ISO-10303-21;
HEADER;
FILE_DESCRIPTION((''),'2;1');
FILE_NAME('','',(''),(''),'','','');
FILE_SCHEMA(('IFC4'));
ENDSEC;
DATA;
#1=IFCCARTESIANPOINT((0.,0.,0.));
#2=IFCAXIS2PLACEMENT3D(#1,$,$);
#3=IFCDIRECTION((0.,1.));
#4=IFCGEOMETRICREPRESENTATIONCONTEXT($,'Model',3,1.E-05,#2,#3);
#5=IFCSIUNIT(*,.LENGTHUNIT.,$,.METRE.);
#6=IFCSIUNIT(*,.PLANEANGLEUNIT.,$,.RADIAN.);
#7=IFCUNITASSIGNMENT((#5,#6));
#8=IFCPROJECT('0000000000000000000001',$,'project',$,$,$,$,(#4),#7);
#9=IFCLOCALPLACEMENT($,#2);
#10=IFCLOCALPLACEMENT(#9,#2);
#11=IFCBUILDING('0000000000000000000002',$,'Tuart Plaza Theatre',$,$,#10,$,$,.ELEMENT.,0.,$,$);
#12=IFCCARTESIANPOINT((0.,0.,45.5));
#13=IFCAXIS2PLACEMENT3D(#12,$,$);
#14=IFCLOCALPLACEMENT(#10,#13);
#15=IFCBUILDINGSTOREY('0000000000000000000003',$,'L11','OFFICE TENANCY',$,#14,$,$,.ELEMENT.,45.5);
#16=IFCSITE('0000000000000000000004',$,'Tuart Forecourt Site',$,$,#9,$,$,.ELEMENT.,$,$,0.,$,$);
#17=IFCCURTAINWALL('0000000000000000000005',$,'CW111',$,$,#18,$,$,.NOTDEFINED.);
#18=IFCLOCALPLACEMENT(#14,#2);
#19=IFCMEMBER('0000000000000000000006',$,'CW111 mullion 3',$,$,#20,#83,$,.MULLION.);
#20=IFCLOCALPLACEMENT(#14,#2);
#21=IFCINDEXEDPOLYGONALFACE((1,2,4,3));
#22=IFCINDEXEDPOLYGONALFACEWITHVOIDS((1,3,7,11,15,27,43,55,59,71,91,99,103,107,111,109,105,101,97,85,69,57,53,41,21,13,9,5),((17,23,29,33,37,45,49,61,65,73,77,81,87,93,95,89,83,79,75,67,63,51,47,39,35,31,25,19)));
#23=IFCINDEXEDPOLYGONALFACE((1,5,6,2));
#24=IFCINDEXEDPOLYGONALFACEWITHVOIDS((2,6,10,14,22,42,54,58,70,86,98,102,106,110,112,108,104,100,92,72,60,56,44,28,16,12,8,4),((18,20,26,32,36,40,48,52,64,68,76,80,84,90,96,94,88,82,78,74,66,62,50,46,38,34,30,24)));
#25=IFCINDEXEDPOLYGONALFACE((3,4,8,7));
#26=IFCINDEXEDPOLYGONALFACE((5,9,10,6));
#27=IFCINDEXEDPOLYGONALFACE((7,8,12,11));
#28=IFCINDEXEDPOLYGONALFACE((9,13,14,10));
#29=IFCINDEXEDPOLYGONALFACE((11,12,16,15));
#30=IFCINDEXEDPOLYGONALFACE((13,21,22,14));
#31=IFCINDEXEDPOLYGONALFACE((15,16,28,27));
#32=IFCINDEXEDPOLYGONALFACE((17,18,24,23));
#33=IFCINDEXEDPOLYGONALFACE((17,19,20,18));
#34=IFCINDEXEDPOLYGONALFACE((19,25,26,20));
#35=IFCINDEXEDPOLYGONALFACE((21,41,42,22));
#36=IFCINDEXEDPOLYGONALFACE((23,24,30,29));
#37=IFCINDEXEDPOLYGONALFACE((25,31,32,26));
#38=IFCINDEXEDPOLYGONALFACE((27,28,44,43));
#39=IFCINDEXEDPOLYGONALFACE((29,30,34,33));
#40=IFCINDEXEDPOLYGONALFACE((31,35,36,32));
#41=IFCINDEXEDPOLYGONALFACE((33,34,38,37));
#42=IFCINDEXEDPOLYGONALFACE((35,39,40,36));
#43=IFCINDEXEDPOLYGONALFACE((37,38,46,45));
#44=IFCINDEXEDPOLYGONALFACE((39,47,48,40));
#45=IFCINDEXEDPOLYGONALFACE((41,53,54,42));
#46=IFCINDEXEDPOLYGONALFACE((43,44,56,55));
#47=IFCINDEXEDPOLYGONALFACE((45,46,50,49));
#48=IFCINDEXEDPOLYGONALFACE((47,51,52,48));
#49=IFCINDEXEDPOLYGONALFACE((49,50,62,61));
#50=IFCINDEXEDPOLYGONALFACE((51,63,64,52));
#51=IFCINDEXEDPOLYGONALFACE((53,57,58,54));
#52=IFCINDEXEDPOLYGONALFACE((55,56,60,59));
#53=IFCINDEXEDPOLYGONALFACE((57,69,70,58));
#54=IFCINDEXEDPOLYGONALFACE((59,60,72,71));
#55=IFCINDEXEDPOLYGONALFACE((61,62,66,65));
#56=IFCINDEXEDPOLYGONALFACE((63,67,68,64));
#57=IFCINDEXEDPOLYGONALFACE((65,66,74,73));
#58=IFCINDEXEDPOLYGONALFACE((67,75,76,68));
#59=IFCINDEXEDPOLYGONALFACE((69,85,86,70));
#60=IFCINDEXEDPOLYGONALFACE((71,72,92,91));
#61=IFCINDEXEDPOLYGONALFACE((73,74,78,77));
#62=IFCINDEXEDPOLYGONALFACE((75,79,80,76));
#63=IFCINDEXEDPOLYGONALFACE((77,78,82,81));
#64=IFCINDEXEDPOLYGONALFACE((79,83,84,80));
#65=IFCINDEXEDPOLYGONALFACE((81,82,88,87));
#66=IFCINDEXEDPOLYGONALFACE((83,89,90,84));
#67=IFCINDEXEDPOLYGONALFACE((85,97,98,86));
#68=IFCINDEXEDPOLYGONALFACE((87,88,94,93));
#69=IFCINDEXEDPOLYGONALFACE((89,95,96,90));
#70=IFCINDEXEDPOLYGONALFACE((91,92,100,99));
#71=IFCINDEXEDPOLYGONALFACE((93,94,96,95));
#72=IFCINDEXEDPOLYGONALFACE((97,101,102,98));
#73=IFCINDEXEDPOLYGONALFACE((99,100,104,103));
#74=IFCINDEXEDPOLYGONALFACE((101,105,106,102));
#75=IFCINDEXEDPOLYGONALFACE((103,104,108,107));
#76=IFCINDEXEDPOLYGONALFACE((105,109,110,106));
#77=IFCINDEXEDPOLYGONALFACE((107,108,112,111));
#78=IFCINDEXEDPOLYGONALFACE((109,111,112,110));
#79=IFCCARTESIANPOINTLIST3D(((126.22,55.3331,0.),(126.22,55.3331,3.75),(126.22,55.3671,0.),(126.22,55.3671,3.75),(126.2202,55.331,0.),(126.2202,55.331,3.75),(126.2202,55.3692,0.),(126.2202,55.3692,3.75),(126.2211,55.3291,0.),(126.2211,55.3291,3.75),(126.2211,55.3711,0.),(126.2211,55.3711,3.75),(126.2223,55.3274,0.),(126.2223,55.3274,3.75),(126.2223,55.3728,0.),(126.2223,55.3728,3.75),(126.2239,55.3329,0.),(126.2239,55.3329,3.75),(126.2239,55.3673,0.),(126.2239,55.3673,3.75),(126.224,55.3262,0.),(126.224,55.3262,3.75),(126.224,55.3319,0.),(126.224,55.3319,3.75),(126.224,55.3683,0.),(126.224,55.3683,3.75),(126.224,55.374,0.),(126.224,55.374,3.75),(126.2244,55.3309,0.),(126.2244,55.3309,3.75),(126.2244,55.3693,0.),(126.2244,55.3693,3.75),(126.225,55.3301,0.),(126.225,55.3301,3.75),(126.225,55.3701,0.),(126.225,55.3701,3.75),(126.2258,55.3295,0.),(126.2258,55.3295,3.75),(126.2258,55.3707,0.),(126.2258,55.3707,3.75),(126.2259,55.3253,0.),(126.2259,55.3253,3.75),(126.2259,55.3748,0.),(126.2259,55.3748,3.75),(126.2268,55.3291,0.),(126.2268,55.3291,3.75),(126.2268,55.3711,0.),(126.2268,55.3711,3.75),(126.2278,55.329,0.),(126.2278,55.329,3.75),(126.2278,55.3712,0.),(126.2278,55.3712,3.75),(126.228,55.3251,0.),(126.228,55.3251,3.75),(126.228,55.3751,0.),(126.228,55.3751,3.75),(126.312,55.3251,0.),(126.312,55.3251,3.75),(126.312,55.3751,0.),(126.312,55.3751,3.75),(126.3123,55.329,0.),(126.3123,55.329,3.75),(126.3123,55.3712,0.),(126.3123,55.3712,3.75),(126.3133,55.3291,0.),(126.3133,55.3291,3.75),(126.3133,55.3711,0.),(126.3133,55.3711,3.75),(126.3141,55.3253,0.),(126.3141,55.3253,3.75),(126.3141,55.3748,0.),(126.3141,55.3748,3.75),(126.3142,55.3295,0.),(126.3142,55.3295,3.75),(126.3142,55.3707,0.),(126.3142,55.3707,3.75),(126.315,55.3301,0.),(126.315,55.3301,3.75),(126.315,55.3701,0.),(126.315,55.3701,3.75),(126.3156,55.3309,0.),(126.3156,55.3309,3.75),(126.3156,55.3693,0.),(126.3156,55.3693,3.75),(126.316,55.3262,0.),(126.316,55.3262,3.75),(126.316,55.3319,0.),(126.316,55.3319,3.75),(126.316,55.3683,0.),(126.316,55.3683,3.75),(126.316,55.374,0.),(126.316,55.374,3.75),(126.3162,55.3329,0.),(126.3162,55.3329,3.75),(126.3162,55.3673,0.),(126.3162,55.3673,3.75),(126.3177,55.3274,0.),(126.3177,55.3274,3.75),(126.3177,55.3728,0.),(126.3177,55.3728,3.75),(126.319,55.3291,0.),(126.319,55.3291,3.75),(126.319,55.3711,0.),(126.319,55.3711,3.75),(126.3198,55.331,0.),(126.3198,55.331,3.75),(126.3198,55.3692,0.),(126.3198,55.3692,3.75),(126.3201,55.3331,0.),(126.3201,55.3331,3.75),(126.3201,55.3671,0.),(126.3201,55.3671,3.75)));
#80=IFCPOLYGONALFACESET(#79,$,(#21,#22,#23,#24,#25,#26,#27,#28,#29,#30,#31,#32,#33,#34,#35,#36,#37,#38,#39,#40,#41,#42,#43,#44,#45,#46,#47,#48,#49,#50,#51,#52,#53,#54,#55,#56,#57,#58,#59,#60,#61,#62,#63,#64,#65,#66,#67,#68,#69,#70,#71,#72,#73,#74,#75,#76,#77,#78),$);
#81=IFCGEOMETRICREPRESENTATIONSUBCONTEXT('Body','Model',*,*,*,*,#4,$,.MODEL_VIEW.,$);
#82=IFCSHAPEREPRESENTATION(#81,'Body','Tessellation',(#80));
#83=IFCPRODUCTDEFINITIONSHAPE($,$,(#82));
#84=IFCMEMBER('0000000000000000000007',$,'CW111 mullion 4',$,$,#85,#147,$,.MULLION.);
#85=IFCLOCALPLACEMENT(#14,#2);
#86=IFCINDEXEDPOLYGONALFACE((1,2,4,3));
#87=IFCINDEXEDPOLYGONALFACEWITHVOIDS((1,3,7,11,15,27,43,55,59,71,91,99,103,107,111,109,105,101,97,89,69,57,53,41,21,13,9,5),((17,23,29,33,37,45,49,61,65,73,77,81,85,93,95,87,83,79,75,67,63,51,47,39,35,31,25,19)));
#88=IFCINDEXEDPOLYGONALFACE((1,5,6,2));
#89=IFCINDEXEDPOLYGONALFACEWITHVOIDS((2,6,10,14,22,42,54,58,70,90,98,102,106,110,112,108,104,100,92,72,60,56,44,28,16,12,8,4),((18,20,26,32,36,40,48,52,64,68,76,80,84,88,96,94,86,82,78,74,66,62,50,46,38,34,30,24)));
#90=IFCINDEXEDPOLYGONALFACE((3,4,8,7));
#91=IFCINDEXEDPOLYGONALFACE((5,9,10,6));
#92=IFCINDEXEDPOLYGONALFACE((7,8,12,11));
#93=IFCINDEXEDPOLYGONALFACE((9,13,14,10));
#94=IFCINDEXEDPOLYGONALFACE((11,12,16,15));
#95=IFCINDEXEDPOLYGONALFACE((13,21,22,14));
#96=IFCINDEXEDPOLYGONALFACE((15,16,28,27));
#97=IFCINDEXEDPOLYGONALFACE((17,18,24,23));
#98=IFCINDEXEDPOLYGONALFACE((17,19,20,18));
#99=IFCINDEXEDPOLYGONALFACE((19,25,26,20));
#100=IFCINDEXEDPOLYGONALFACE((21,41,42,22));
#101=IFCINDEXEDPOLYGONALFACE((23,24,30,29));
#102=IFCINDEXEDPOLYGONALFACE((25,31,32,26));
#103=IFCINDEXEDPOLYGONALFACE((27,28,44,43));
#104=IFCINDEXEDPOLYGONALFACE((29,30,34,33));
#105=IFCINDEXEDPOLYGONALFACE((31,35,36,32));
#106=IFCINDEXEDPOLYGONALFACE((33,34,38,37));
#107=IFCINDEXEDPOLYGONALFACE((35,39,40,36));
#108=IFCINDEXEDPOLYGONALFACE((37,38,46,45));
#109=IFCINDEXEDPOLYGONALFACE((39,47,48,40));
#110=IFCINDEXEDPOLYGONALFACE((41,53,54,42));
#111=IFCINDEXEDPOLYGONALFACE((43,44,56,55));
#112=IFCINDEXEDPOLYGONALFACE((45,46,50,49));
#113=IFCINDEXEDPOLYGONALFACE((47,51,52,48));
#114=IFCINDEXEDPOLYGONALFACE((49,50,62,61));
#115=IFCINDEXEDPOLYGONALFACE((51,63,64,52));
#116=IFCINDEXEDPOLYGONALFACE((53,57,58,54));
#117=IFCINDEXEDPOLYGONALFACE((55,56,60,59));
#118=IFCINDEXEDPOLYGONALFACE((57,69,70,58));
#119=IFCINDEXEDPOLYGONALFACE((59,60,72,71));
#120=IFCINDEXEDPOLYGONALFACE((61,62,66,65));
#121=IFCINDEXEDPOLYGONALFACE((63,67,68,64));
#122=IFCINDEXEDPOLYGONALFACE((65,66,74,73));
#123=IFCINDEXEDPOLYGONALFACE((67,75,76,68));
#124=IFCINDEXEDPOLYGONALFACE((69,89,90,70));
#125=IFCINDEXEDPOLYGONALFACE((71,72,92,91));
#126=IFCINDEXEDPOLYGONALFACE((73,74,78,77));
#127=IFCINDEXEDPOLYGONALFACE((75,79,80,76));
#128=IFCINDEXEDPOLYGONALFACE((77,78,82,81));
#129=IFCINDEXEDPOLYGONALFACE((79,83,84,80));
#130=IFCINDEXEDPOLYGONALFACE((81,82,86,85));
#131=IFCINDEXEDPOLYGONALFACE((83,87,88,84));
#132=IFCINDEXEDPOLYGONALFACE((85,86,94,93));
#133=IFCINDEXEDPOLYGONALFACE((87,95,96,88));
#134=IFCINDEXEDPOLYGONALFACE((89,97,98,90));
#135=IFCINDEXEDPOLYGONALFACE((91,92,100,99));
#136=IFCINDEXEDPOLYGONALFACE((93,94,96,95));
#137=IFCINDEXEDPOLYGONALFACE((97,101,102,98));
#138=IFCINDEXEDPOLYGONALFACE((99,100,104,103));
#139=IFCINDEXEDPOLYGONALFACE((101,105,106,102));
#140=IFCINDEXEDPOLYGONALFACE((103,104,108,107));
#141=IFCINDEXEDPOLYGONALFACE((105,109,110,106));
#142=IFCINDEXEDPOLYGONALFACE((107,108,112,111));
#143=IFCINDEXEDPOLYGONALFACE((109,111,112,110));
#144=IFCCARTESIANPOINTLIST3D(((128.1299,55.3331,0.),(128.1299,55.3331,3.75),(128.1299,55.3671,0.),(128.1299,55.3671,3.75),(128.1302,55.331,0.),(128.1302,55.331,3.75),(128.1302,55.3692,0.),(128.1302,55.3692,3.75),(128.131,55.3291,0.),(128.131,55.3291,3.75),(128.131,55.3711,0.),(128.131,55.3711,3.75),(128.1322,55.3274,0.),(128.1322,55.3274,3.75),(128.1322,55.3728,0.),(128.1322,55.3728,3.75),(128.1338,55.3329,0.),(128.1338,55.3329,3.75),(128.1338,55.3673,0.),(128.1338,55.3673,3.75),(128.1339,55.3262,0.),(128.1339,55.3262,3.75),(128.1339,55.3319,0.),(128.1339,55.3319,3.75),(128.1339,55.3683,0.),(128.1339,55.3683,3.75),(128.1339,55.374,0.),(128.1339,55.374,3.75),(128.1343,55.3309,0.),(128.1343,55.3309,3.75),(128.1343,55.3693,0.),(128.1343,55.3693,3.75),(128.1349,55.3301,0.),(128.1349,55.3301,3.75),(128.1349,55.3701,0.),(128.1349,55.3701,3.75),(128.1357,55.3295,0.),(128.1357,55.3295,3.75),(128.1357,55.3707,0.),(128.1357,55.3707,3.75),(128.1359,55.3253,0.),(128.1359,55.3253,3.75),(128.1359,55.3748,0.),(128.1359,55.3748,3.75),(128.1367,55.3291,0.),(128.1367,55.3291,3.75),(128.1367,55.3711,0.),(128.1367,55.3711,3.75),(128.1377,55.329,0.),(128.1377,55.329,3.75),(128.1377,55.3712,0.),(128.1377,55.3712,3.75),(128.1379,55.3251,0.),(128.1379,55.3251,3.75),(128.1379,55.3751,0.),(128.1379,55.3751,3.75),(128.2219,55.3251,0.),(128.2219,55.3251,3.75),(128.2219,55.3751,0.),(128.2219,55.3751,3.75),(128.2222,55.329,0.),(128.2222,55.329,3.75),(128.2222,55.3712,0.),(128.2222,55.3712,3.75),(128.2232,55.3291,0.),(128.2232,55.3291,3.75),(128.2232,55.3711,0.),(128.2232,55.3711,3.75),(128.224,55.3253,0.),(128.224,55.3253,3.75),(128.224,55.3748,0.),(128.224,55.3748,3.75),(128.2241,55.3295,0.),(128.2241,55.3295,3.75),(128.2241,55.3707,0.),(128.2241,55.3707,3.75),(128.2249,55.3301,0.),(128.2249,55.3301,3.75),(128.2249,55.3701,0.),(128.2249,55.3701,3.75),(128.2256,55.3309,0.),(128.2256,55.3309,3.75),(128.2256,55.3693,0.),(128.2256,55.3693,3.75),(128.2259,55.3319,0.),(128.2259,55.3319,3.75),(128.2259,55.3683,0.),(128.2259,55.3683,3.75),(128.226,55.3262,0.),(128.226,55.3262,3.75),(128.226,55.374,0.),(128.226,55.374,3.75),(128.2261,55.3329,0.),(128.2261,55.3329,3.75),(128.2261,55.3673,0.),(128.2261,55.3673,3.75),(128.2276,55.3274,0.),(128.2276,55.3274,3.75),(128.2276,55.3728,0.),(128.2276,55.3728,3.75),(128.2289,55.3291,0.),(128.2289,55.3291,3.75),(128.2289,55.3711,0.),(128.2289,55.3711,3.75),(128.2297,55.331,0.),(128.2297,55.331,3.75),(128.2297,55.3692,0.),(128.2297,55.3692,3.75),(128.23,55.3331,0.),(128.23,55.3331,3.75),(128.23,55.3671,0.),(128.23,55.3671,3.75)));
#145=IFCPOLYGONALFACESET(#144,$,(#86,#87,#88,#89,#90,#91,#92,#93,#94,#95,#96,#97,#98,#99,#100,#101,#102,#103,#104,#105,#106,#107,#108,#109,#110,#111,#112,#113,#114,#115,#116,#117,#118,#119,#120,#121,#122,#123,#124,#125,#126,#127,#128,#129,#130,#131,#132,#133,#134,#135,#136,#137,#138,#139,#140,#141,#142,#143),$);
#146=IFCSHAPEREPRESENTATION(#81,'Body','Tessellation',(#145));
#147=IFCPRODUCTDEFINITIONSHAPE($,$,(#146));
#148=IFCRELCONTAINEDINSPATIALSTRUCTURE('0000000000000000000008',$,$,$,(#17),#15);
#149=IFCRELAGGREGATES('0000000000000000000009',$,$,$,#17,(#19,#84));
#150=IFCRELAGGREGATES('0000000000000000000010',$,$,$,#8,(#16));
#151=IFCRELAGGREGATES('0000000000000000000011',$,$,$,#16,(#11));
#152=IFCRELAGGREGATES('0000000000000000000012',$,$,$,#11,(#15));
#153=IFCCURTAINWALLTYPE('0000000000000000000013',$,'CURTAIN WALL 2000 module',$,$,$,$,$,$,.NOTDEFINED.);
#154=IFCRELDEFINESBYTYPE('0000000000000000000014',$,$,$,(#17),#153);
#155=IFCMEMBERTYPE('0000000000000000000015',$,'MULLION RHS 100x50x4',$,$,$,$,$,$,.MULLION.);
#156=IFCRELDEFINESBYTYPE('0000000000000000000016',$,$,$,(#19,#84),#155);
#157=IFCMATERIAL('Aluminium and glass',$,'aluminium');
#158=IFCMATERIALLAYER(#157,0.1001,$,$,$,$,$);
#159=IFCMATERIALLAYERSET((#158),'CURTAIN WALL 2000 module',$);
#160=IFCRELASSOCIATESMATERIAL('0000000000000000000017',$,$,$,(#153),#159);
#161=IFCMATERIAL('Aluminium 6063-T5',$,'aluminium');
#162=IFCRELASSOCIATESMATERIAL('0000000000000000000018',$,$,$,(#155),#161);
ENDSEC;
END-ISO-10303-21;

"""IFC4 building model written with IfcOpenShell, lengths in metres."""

from ifc_helpers import new_model, si_unit, direction, frame, origin, origin_2d, place, context, subcontext, project, spatial, hollow_rectangle, extrude, material, layer, layer_set, material_profile, profile_set, type_object, element, aggregate, save


model = new_model("IFC4")

# Units and contexts
model_context = context("Model", 3, precision=1e-05, world=origin(), true_north=direction((0.0, 1.0)))
body_context = subcontext(model_context, "Body", "Model", "MODEL_VIEW")
ifc_project = project(units=[si_unit("LENGTHUNIT", "METRE"), si_unit("PLANEANGLEUNIT", "RADIAN")], contexts=[model_context])

# Site, building, storey
site_placement = place(None, origin())
site = spatial("IfcSite", under=ifc_project, at=site_placement, Name="Tuart Forecourt Site", CompositionType="ELEMENT", RefElevation=0.0)
building_placement = place(site_placement, origin())
building = spatial("IfcBuilding", under=site, at=building_placement, Name="Tuart Plaza Theatre", CompositionType="ELEMENT", ElevationOfRefHeight=0.0)
storey_placement = place(building_placement, frame((0.0, 0.0, 45.5)))
storey = spatial("IfcBuildingStorey", under=building, at=storey_placement, Name="L11", Description="OFFICE TENANCY", CompositionType="ELEMENT", Elevation=45.5)

# Curtain wall, members
ifc_material_1 = material(Name="Aluminium and glass", Category="aluminium")
ifc_layer_1 = layer(ifc_material_1, 0.1001)
ifc_layer_set_1 = layer_set([ifc_layer_1], Name="CURTAIN WALL 2000 module")
curtain_wall_type = type_object("IfcCurtainWallType", Name="CURTAIN WALL 2000 module", PredefinedType="NOTDEFINED", material=ifc_layer_set_1)
ifc_material_2 = material(Name="Aluminium 6063-T5", Category="aluminium")
ifc_material_profile_1 = material_profile(ifc_material_2, hollow_rectangle(XDim=0.05, YDim=0.1001, WallThickness=0.0039, InnerFilletRadius=0.0039, OuterFilletRadius=0.0081, at=origin_2d()), Name="RHS 100x50x4")
ifc_profile_set_1 = profile_set([ifc_material_profile_1], Name="Aluminium 6063-T5")
member_type_1 = type_object("IfcMemberType", Name="MULLION RHS 100x50x4", PredefinedType="MULLION", material=ifc_profile_set_1)
curtain_wall_1_placement = place(storey_placement, origin())
curtain_wall_1 = element("IfcCurtainWall", 1, at=curtain_wall_1_placement, inside=storey, type_object=curtain_wall_type, Name="CW111", PredefinedType="NOTDEFINED")
member_1_placement = place(storey_placement, frame((126.27, 55.3501, 0.0), z_axis=(0.0, 0.0, 1.0), x_axis=(0.0, 1.0, 0.0)))
member_1 = element("IfcMember", 2, at=member_1_placement, type_object=member_type_1, Name="CW111 mullion 3", PredefinedType="MULLION", context=body_context, shape_type="SweptSolid", body=[
    extrude(hollow_rectangle(XDim=0.05, YDim=0.1001, WallThickness=0.0039, InnerFilletRadius=0.0039, OuterFilletRadius=0.0081, at=origin_2d()), origin(), (0.0, 0.0, 1.0), 3.75),
])
member_2_placement = place(storey_placement, frame((128.1799, 55.3501, 0.0), z_axis=(0.0, 0.0, 1.0), x_axis=(0.0, 1.0, 0.0)))
member_2 = element("IfcMember", 3, at=member_2_placement, type_object=member_type_1, Name="CW111 mullion 4", PredefinedType="MULLION", context=body_context, shape_type="SweptSolid", body=[
    extrude(hollow_rectangle(XDim=0.05, YDim=0.1001, WallThickness=0.0039, InnerFilletRadius=0.0039, OuterFilletRadius=0.0081, at=origin_2d()), origin(), (0.0, 0.0, 1.0), 3.75),
])

aggregate(curtain_wall_1, [member_1, member_2])

save(model, "model.ifc")
